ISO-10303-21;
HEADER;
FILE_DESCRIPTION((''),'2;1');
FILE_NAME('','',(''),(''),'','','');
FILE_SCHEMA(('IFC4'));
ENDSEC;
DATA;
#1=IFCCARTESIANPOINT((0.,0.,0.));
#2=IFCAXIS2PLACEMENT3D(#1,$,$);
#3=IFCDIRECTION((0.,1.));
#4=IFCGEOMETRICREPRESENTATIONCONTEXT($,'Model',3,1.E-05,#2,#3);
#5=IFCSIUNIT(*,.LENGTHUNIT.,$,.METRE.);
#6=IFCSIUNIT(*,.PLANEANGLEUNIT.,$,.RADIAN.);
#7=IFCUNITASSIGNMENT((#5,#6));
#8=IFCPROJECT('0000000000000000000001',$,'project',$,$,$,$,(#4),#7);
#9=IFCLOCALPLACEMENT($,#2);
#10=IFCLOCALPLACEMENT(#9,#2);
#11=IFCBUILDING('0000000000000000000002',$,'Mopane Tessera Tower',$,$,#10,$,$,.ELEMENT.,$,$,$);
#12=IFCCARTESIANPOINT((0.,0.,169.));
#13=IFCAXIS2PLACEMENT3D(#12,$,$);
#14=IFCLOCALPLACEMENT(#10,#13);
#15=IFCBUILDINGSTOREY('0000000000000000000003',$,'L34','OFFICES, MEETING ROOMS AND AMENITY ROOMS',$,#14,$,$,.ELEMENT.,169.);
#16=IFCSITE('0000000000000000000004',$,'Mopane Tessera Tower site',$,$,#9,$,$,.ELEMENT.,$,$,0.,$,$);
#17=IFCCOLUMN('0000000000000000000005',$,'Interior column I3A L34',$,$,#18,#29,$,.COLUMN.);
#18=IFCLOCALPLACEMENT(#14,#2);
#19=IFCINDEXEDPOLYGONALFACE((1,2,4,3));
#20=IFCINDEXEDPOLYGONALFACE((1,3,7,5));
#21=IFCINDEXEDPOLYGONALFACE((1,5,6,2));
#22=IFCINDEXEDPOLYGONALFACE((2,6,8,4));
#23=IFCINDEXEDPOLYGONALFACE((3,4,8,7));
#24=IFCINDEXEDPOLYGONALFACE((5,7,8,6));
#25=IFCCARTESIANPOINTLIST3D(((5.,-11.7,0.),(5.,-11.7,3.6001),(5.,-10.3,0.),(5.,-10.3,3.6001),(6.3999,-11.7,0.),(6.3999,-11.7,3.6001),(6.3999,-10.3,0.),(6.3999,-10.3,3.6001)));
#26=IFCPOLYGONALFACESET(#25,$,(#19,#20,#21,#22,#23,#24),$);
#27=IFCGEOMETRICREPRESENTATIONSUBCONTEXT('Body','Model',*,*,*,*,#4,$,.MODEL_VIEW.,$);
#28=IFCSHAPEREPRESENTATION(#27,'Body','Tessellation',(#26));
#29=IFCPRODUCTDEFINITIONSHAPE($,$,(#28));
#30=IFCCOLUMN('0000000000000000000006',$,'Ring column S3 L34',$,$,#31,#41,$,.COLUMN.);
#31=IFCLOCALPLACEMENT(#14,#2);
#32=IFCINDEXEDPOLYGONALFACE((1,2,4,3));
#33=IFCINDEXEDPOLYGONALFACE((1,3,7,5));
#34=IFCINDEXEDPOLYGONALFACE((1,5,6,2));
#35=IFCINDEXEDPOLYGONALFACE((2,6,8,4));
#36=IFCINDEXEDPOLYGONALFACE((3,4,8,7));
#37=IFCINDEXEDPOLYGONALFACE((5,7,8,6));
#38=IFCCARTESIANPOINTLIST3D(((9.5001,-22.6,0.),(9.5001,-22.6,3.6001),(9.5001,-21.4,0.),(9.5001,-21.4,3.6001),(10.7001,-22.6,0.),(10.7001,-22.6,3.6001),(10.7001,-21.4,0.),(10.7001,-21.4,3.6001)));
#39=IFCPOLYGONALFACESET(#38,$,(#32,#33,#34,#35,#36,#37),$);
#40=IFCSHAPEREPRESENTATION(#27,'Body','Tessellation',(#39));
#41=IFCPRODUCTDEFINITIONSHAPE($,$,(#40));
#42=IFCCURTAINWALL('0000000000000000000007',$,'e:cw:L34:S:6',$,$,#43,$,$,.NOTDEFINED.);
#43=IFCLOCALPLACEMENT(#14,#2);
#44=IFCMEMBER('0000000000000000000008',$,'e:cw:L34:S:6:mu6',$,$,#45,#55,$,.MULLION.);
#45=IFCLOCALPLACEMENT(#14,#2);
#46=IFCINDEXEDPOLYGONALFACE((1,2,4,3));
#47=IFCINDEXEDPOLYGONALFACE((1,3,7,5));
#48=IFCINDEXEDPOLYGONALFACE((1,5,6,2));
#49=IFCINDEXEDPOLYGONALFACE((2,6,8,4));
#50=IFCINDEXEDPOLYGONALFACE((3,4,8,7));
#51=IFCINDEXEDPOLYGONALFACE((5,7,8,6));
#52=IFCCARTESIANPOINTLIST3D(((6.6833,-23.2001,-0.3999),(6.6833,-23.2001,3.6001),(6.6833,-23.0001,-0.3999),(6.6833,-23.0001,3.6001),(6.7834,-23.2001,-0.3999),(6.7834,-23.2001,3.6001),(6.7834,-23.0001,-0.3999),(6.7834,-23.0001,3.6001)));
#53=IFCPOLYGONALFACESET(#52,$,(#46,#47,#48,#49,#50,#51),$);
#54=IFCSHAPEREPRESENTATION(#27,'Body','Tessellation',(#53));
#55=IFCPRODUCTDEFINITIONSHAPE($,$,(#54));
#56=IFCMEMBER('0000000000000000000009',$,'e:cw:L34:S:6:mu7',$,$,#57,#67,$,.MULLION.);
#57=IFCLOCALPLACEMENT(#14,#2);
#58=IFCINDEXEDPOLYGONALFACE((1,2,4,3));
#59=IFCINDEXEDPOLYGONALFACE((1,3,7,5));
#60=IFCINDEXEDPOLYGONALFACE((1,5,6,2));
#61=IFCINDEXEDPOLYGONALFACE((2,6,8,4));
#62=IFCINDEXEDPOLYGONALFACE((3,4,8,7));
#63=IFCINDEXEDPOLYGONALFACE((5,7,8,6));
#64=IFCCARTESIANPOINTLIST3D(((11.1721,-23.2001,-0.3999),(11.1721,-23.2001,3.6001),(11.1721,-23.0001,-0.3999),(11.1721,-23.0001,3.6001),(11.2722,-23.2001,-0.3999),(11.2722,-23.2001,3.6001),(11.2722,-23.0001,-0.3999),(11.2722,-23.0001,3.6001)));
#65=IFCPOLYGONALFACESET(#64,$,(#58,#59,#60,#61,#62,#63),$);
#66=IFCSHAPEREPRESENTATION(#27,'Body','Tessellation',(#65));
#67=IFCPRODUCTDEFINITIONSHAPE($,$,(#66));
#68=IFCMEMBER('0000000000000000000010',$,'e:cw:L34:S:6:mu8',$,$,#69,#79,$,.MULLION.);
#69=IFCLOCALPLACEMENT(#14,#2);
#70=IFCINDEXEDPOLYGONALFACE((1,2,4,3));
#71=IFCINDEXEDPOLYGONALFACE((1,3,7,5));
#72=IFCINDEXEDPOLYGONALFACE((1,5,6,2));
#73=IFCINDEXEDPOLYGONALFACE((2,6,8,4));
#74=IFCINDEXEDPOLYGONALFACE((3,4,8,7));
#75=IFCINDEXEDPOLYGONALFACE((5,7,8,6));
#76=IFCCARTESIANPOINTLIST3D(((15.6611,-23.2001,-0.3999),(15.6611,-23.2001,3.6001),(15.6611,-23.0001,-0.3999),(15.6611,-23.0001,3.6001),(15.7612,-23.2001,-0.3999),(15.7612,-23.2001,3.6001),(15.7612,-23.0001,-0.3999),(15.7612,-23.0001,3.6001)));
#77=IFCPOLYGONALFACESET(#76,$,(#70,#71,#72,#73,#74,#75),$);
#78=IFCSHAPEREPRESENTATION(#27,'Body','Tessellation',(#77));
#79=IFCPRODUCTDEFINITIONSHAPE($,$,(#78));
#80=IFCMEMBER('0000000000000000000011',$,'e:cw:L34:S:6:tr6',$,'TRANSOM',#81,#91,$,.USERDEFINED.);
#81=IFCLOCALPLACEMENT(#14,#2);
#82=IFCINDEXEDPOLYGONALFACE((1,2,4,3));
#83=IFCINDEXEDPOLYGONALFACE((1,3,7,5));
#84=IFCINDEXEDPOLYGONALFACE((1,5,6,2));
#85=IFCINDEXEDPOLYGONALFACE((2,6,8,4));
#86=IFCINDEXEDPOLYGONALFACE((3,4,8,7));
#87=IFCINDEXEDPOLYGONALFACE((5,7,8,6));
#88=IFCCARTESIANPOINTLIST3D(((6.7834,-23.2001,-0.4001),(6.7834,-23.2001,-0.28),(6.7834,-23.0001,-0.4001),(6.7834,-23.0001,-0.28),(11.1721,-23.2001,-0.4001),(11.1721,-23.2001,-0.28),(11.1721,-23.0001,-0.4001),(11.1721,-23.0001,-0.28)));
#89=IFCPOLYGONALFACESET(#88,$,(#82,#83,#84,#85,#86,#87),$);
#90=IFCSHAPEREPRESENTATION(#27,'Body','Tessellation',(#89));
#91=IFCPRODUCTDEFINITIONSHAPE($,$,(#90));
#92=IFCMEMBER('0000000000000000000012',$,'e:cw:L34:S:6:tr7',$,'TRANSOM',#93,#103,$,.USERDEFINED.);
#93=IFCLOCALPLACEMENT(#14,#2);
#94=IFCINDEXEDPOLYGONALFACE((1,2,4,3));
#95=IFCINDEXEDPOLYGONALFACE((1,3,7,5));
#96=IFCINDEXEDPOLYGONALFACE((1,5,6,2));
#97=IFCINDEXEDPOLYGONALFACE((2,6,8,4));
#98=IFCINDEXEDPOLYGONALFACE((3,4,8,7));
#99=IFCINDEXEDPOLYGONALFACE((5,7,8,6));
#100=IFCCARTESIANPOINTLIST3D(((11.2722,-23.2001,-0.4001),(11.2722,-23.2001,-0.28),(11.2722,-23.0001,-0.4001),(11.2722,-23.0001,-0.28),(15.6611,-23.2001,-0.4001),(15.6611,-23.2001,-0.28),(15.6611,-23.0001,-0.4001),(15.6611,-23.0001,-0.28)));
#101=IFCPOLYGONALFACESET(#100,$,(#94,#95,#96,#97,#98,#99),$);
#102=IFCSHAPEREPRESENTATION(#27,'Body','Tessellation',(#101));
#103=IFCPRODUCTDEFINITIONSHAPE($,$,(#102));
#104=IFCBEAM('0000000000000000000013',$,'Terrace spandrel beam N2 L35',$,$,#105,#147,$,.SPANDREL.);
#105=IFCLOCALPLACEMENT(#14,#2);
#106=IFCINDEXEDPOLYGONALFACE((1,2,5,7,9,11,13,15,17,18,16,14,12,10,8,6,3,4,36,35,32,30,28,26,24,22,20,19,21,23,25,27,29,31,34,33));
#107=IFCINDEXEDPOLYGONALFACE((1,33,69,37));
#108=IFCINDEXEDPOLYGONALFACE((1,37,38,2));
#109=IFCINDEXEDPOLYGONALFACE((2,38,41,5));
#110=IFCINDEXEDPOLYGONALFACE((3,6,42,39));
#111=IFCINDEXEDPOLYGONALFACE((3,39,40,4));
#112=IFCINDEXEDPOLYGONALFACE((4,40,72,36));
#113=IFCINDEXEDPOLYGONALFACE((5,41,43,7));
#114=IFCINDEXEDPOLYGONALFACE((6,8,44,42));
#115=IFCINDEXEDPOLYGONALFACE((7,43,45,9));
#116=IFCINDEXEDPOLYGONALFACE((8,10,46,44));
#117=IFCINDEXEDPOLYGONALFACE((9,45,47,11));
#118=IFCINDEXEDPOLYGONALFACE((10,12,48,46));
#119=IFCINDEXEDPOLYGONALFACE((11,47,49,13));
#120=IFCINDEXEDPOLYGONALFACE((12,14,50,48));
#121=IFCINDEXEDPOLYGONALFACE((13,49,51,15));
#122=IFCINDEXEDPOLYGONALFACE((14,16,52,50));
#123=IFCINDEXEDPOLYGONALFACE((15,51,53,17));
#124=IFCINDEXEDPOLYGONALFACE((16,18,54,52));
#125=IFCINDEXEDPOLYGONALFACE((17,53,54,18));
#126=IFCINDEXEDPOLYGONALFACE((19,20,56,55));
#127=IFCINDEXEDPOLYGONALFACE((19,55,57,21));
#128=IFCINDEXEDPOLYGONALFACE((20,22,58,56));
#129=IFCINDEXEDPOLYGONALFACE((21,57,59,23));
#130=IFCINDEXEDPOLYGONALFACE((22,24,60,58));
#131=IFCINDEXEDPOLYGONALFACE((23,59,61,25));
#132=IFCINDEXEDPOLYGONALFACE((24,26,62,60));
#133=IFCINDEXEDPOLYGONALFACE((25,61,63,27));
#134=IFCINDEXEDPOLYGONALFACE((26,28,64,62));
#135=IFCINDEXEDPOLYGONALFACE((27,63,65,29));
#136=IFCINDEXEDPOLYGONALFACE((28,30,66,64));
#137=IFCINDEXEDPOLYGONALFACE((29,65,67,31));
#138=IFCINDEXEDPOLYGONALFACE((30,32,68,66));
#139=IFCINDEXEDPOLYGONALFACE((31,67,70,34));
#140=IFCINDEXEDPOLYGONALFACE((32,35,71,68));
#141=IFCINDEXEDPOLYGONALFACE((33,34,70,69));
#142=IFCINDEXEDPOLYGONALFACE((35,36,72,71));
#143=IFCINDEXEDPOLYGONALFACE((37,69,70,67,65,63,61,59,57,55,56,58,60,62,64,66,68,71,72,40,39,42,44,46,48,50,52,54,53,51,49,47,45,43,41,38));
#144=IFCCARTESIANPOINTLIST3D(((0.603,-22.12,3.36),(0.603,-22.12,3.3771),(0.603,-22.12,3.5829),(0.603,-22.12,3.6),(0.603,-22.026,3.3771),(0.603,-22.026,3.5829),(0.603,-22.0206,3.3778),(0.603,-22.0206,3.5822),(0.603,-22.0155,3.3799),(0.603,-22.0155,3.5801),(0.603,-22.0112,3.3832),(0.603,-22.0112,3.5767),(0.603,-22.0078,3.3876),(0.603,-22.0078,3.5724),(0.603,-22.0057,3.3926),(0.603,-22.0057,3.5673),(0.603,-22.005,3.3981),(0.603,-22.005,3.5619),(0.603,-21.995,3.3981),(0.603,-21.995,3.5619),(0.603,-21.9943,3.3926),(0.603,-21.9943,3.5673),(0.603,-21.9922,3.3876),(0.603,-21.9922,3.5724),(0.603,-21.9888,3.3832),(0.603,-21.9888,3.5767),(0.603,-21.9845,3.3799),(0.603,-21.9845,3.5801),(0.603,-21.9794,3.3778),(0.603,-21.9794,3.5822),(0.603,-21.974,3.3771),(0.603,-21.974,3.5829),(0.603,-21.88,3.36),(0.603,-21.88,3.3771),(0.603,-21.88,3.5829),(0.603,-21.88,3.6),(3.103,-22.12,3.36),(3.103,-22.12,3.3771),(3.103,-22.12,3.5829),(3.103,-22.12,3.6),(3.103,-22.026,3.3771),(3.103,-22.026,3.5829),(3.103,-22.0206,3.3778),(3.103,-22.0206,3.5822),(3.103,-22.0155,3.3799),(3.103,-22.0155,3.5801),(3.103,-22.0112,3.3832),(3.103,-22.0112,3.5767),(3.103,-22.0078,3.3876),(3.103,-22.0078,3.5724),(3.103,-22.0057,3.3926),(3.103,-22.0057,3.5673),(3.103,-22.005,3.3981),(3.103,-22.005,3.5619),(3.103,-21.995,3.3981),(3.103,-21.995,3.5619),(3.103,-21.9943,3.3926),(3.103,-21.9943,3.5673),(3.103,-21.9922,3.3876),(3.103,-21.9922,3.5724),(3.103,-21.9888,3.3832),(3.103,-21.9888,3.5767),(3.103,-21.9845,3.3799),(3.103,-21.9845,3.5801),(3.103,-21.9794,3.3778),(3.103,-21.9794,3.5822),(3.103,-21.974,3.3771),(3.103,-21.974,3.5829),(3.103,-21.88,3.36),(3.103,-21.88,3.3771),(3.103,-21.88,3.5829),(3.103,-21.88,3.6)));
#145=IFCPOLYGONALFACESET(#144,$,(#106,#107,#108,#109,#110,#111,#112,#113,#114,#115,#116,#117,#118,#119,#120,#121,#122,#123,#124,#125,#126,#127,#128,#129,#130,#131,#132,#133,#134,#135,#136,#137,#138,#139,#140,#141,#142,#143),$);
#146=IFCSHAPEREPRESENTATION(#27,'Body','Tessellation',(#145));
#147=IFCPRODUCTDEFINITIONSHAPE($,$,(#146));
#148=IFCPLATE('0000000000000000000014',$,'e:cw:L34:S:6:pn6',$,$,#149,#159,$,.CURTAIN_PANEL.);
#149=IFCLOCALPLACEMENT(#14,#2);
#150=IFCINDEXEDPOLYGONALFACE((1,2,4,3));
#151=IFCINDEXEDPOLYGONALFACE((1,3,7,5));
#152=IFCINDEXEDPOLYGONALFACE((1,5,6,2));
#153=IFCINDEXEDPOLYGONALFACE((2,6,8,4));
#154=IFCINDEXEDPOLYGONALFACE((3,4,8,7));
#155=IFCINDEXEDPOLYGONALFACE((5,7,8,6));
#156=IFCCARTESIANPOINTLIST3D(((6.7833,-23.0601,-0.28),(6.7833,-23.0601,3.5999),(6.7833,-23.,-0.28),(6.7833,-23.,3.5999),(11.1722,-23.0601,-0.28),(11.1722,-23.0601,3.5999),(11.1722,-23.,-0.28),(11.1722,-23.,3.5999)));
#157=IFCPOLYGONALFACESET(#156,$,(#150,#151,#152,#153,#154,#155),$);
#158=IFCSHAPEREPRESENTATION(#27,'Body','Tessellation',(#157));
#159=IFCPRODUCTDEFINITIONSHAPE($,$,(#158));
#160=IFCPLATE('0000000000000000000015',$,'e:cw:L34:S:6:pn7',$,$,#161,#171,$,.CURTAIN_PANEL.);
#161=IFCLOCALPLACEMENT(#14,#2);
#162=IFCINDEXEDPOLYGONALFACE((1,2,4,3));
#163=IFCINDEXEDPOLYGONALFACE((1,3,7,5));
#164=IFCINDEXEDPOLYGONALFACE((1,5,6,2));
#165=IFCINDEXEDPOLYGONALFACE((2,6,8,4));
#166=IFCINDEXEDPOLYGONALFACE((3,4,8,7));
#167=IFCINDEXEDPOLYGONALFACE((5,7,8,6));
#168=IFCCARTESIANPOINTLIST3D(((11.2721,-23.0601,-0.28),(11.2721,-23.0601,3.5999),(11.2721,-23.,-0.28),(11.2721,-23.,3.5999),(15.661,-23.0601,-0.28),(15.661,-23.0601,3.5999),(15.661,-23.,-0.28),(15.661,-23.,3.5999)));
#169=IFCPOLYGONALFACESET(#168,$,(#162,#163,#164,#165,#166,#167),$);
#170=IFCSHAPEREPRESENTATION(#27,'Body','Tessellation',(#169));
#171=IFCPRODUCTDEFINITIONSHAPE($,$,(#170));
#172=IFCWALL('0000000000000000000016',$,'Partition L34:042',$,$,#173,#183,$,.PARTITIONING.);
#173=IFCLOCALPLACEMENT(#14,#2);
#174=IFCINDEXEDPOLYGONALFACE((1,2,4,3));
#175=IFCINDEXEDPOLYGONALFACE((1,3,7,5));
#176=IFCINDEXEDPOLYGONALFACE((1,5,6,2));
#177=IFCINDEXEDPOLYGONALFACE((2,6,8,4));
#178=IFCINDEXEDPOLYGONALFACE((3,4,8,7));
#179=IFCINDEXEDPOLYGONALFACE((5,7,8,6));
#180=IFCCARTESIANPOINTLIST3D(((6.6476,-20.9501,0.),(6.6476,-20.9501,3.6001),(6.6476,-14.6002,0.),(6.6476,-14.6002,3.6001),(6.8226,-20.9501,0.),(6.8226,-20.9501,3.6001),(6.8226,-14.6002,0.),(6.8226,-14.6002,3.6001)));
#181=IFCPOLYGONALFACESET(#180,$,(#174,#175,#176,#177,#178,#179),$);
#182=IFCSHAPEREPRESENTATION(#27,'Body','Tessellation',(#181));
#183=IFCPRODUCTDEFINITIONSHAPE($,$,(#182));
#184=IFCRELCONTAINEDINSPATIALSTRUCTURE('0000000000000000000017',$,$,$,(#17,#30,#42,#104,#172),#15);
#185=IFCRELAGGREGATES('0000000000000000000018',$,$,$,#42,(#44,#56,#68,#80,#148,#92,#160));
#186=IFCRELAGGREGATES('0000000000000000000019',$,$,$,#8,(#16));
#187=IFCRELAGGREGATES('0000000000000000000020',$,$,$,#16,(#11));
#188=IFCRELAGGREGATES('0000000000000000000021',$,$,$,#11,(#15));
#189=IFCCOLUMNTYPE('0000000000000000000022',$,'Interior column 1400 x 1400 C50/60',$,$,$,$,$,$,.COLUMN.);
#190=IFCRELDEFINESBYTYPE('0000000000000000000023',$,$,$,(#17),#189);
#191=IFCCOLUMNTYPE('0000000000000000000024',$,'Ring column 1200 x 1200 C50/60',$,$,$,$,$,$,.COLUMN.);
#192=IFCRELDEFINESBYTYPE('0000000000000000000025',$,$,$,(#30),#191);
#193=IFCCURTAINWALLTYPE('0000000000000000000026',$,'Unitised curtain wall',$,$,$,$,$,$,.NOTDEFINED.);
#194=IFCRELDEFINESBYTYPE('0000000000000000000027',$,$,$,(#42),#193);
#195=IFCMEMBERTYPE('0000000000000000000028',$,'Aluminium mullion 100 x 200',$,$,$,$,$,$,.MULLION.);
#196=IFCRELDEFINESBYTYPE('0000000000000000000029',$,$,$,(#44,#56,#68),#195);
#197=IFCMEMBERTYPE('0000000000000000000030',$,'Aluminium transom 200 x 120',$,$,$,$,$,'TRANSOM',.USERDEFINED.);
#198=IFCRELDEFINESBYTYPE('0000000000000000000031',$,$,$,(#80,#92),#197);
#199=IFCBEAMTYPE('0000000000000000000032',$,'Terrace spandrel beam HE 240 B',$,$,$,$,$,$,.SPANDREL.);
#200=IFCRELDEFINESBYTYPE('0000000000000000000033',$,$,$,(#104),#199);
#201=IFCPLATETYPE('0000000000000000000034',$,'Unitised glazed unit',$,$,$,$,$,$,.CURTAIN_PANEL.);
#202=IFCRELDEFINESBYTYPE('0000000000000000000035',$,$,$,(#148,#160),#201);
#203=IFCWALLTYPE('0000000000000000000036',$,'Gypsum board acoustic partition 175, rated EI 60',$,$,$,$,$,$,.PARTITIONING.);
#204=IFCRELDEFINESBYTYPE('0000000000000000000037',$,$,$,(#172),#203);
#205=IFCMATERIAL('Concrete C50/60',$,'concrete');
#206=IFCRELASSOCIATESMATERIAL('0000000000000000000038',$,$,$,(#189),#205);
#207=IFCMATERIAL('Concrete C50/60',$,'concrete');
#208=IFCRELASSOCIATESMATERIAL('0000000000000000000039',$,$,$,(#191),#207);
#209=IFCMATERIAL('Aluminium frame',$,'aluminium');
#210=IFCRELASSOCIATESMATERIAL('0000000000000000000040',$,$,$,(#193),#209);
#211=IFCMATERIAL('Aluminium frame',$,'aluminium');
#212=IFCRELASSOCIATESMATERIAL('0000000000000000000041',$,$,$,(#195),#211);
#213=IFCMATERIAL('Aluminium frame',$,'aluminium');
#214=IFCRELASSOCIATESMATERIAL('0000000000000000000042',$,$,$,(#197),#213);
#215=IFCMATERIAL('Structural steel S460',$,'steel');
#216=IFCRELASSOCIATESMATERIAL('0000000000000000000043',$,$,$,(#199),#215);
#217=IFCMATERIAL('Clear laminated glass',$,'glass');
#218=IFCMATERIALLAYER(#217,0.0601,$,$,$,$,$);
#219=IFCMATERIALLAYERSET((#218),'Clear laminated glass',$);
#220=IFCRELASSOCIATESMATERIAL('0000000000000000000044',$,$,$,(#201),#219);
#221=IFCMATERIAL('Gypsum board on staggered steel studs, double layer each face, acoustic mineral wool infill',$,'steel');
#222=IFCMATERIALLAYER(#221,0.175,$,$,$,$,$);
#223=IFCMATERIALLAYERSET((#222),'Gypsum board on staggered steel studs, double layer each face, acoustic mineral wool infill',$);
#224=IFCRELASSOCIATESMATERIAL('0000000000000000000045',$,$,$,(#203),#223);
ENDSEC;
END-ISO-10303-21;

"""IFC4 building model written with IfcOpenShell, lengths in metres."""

from ifc_helpers import new_model, si_unit, direction, frame, frame_2d, origin, origin_2d, place, context, subcontext, project, spatial, rectangle, i_section, extrude, material, layer, layer_set, material_profile, profile_set, type_object, element, aggregate, save


model = new_model("IFC4")

# Units and contexts
model_context = context("Model", 3, precision=1e-05, world=origin(), true_north=direction((0.0, 1.0)))
body_context = subcontext(model_context, "Body", "Model", "MODEL_VIEW")
ifc_project = project(units=[si_unit("LENGTHUNIT", "METRE"), si_unit("PLANEANGLEUNIT", "RADIAN")], contexts=[model_context])

# Site, building, storey
site_placement = place(None, origin())
site = spatial("IfcSite", under=ifc_project, at=site_placement, Name="Mopane Tessera Tower site", CompositionType="ELEMENT", RefElevation=0.0)
building_placement = place(site_placement, origin())
building = spatial("IfcBuilding", under=site, at=building_placement, Name="Mopane Tessera Tower", CompositionType="ELEMENT")
storey_placement = place(building_placement, frame((0.0, 0.0, 169.0)))
storey = spatial("IfcBuildingStorey", under=building, at=storey_placement, Name="L34", Description="OFFICES, MEETING ROOMS AND AMENITY ROOMS", CompositionType="ELEMENT", Elevation=169.0)

# Columns
ifc_material_1 = material(Name="Concrete C50/60", Category="concrete")
ifc_material_profile_1 = material_profile(ifc_material_1, rectangle(XDim=1.3999, YDim=1.3999, at=origin_2d()))
ifc_profile_set_1 = profile_set([ifc_material_profile_1], Name="Concrete C50/60")
column_type_1 = type_object("IfcColumnType", Name="Interior column 1400 x 1400 C50/60", PredefinedType="COLUMN", material=ifc_profile_set_1)
column_1_placement = place(storey_placement, frame((5.7, -11.0, 0.0), z_axis=(0.0, 0.0, 1.0), x_axis=(1.0, 0.0, 0.0)))
element("IfcColumn", 1, at=column_1_placement, inside=storey, type_object=column_type_1, Name="Interior column I3A L34", PredefinedType="COLUMN", context=body_context, shape_type="SweptSolid", body=[
    extrude(rectangle(XDim=1.3999, YDim=1.3999, at=origin_2d()), origin(), (0.0, 0.0, 1.0), 3.6001),
])
ifc_material_2 = material(Name="Concrete C50/60", Category="concrete")
ifc_material_profile_2 = material_profile(ifc_material_2, rectangle(XDim=1.2, YDim=1.2, at=origin_2d()))
ifc_profile_set_2 = profile_set([ifc_material_profile_2], Name="Concrete C50/60")
column_type_2 = type_object("IfcColumnType", Name="Ring column 1200 x 1200 C50/60", PredefinedType="COLUMN", material=ifc_profile_set_2)
column_2_placement = place(storey_placement, frame((10.1001, -22.0, 0.0), z_axis=(0.0, 0.0, 1.0), x_axis=(1.0, 0.0, 0.0)))
element("IfcColumn", 2, at=column_2_placement, inside=storey, type_object=column_type_2, Name="Ring column S3 L34", PredefinedType="COLUMN", context=body_context, shape_type="SweptSolid", body=[
    extrude(rectangle(XDim=1.2, YDim=1.2, at=origin_2d()), origin(), (0.0, 0.0, 1.0), 3.6001),
])

# Curtain wall, members
ifc_material_3 = material(Name="Aluminium frame", Category="aluminium")
curtain_wall_type = type_object("IfcCurtainWallType", Name="Unitised curtain wall", PredefinedType="NOTDEFINED", material=ifc_material_3)
curtain_wall_placement = place(storey_placement, origin())
curtain_wall = element("IfcCurtainWall", 3, at=curtain_wall_placement, inside=storey, type_object=curtain_wall_type, Name="e:cw:L34:S:6", PredefinedType="NOTDEFINED")
ifc_material_4 = material(Name="Aluminium frame", Category="aluminium")
ifc_material_profile_3 = material_profile(ifc_material_4, rectangle(XDim=0.1001, YDim=0.2, at=origin_2d()))
ifc_profile_set_3 = profile_set([ifc_material_profile_3], Name="Aluminium frame")
member_type_1 = type_object("IfcMemberType", Name="Aluminium mullion 100 x 200", PredefinedType="MULLION", material=ifc_profile_set_3)
member_1_placement = place(storey_placement, frame((6.7334, -23.1001, -0.3999), z_axis=(0.0, 0.0, 1.0), x_axis=(1.0, 0.0, 0.0)))
member_1 = element("IfcMember", 4, at=member_1_placement, type_object=member_type_1, Name="e:cw:L34:S:6:mu6", PredefinedType="MULLION", context=body_context, shape_type="SweptSolid", body=[
    extrude(rectangle(XDim=0.1001, YDim=0.2, at=origin_2d()), origin(), (0.0, 0.0, 1.0), 4.0),
])
member_2_placement = place(storey_placement, frame((11.2222, -23.1001, -0.3999), z_axis=(0.0, 0.0, 1.0), x_axis=(1.0, 0.0, 0.0)))
member_2 = element("IfcMember", 5, at=member_2_placement, type_object=member_type_1, Name="e:cw:L34:S:6:mu7", PredefinedType="MULLION", context=body_context, shape_type="SweptSolid", body=[
    extrude(rectangle(XDim=0.1001, YDim=0.2, at=origin_2d()), origin(), (0.0, 0.0, 1.0), 4.0),
])
member_3_placement = place(storey_placement, frame((15.7112, -23.1001, -0.3999), z_axis=(0.0, 0.0, 1.0), x_axis=(1.0, 0.0, 0.0)))
member_3 = element("IfcMember", 6, at=member_3_placement, type_object=member_type_1, Name="e:cw:L34:S:6:mu8", PredefinedType="MULLION", context=body_context, shape_type="SweptSolid", body=[
    extrude(rectangle(XDim=0.1001, YDim=0.2, at=origin_2d()), origin(), (0.0, 0.0, 1.0), 4.0),
])
ifc_material_5 = material(Name="Aluminium frame", Category="aluminium")
ifc_material_profile_4 = material_profile(ifc_material_5, rectangle(XDim=0.2, YDim=0.1201, at=origin_2d()))
ifc_profile_set_4 = profile_set([ifc_material_profile_4], Name="Aluminium frame")
member_type_2 = type_object("IfcMemberType", Name="Aluminium transom 200 x 120", ElementType="TRANSOM", PredefinedType="USERDEFINED", material=ifc_profile_set_4)
member_4_placement = place(storey_placement, frame((6.7834, -23.1001, -0.3401), z_axis=(1.0, 0.0, 0.0), x_axis=(0.0, 1.0, 0.0)))
member_4 = element("IfcMember", 7, at=member_4_placement, type_object=member_type_2, Name="e:cw:L34:S:6:tr6", ObjectType="TRANSOM", PredefinedType="USERDEFINED", context=body_context, shape_type="SweptSolid", body=[
    extrude(rectangle(XDim=0.2, YDim=0.1201, at=origin_2d()), origin(), (0.0, 0.0, 1.0), 4.3887),
])
member_5_placement = place(storey_placement, frame((11.2722, -23.1001, -0.3401), z_axis=(1.0, 0.0, 0.0), x_axis=(0.0, 1.0, 0.0)))
member_5 = element("IfcMember", 8, at=member_5_placement, type_object=member_type_2, Name="e:cw:L34:S:6:tr7", ObjectType="TRANSOM", PredefinedType="USERDEFINED", context=body_context, shape_type="SweptSolid", body=[
    extrude(rectangle(XDim=0.2, YDim=0.1201, at=origin_2d()), origin(), (0.0, 0.0, 1.0), 4.3889),
])

# Beam
ifc_material_6 = material(Name="Structural steel S460", Category="steel")
ifc_material_profile_5 = material_profile(ifc_material_6, i_section(OverallWidth=0.24, OverallDepth=0.24, WebThickness=0.01, FlangeThickness=0.0171, FilletRadius=0.021, at=origin_2d()))
ifc_profile_set_5 = profile_set([ifc_material_profile_5], Name="Structural steel S460")
beam_type = type_object("IfcBeamType", Name="Terrace spandrel beam HE 240 B", PredefinedType="SPANDREL", material=ifc_profile_set_5)
beam_placement = place(storey_placement, frame((0.603, -22.0, 3.48), z_axis=(1.0, 0.0, 0.0), x_axis=(0.0, 1.0, 0.0)))
element("IfcBeam", 9, at=beam_placement, inside=storey, type_object=beam_type, Name="Terrace spandrel beam N2 L35", PredefinedType="SPANDREL", context=body_context, shape_type="SweptSolid", body=[
    extrude(i_section(OverallWidth=0.24, OverallDepth=0.24, WebThickness=0.01, FlangeThickness=0.0171, FilletRadius=0.021, at=origin_2d()), origin(), (0.0, 0.0, 1.0), 2.5),
])

# Plates
ifc_material_7 = material(Name="Clear laminated glass", Category="glass")
ifc_layer_1 = layer(ifc_material_7, 0.0601)
ifc_layer_set_1 = layer_set([ifc_layer_1], Name="Clear laminated glass")
plate_type = type_object("IfcPlateType", Name="Unitised glazed unit", PredefinedType="CURTAIN_PANEL", material=ifc_layer_set_1)
plate_1_placement = place(storey_placement, frame((8.9778, -23.03, -0.28), z_axis=(0.0, 0.0, 1.0), x_axis=(1.0, 0.0, 0.0)))
plate_1 = element("IfcPlate", 10, at=plate_1_placement, type_object=plate_type, Name="e:cw:L34:S:6:pn6", PredefinedType="CURTAIN_PANEL", context=body_context, shape_type="SweptSolid", body=[
    extrude(rectangle(XDim=4.3889, YDim=0.0601, at=origin_2d()), origin(), (0.0, 0.0, 1.0), 3.8799),
])
plate_2_placement = place(storey_placement, frame((13.4666, -23.03, -0.28), z_axis=(0.0, 0.0, 1.0), x_axis=(1.0, 0.0, 0.0)))
plate_2 = element("IfcPlate", 11, at=plate_2_placement, type_object=plate_type, Name="e:cw:L34:S:6:pn7", PredefinedType="CURTAIN_PANEL", context=body_context, shape_type="SweptSolid", body=[
    extrude(rectangle(XDim=4.3889, YDim=0.0601, at=origin_2d()), origin(), (0.0, 0.0, 1.0), 3.8799),
])
aggregate(curtain_wall, [member_1, member_2, member_3, member_4, plate_1, member_5, plate_2])

# Wall
ifc_material_8 = material(Name="Gypsum board on staggered steel studs, double layer each face, acoustic mineral wool infill", Category="steel")
ifc_layer_2 = layer(ifc_material_8, 0.175)
ifc_layer_set_2 = layer_set([ifc_layer_2], Name="Gypsum board on staggered steel studs, double layer each face, acoustic mineral wool infill")
wall_type_1 = type_object("IfcWallType", Name="Gypsum board acoustic partition 175, rated EI 60", PredefinedType="PARTITIONING", material=ifc_layer_set_2)
wall_1_placement = place(storey_placement, frame((6.7351, -20.95, 0.0), z_axis=(0.0, 0.0, 1.0), x_axis=(0.0, 1.0, 0.0)))
element("IfcWall", 12, at=wall_1_placement, inside=storey, type_object=wall_type_1, Name="Partition L34:042", PredefinedType="PARTITIONING", context=body_context, shape_type="SweptSolid", body=[
    extrude(rectangle(XDim=6.3499, YDim=0.175, at=frame_2d((3.1748, 0.0))), origin(), (0.0, 0.0, 1.0), 3.6001),
])

save(model, "model.ifc")
